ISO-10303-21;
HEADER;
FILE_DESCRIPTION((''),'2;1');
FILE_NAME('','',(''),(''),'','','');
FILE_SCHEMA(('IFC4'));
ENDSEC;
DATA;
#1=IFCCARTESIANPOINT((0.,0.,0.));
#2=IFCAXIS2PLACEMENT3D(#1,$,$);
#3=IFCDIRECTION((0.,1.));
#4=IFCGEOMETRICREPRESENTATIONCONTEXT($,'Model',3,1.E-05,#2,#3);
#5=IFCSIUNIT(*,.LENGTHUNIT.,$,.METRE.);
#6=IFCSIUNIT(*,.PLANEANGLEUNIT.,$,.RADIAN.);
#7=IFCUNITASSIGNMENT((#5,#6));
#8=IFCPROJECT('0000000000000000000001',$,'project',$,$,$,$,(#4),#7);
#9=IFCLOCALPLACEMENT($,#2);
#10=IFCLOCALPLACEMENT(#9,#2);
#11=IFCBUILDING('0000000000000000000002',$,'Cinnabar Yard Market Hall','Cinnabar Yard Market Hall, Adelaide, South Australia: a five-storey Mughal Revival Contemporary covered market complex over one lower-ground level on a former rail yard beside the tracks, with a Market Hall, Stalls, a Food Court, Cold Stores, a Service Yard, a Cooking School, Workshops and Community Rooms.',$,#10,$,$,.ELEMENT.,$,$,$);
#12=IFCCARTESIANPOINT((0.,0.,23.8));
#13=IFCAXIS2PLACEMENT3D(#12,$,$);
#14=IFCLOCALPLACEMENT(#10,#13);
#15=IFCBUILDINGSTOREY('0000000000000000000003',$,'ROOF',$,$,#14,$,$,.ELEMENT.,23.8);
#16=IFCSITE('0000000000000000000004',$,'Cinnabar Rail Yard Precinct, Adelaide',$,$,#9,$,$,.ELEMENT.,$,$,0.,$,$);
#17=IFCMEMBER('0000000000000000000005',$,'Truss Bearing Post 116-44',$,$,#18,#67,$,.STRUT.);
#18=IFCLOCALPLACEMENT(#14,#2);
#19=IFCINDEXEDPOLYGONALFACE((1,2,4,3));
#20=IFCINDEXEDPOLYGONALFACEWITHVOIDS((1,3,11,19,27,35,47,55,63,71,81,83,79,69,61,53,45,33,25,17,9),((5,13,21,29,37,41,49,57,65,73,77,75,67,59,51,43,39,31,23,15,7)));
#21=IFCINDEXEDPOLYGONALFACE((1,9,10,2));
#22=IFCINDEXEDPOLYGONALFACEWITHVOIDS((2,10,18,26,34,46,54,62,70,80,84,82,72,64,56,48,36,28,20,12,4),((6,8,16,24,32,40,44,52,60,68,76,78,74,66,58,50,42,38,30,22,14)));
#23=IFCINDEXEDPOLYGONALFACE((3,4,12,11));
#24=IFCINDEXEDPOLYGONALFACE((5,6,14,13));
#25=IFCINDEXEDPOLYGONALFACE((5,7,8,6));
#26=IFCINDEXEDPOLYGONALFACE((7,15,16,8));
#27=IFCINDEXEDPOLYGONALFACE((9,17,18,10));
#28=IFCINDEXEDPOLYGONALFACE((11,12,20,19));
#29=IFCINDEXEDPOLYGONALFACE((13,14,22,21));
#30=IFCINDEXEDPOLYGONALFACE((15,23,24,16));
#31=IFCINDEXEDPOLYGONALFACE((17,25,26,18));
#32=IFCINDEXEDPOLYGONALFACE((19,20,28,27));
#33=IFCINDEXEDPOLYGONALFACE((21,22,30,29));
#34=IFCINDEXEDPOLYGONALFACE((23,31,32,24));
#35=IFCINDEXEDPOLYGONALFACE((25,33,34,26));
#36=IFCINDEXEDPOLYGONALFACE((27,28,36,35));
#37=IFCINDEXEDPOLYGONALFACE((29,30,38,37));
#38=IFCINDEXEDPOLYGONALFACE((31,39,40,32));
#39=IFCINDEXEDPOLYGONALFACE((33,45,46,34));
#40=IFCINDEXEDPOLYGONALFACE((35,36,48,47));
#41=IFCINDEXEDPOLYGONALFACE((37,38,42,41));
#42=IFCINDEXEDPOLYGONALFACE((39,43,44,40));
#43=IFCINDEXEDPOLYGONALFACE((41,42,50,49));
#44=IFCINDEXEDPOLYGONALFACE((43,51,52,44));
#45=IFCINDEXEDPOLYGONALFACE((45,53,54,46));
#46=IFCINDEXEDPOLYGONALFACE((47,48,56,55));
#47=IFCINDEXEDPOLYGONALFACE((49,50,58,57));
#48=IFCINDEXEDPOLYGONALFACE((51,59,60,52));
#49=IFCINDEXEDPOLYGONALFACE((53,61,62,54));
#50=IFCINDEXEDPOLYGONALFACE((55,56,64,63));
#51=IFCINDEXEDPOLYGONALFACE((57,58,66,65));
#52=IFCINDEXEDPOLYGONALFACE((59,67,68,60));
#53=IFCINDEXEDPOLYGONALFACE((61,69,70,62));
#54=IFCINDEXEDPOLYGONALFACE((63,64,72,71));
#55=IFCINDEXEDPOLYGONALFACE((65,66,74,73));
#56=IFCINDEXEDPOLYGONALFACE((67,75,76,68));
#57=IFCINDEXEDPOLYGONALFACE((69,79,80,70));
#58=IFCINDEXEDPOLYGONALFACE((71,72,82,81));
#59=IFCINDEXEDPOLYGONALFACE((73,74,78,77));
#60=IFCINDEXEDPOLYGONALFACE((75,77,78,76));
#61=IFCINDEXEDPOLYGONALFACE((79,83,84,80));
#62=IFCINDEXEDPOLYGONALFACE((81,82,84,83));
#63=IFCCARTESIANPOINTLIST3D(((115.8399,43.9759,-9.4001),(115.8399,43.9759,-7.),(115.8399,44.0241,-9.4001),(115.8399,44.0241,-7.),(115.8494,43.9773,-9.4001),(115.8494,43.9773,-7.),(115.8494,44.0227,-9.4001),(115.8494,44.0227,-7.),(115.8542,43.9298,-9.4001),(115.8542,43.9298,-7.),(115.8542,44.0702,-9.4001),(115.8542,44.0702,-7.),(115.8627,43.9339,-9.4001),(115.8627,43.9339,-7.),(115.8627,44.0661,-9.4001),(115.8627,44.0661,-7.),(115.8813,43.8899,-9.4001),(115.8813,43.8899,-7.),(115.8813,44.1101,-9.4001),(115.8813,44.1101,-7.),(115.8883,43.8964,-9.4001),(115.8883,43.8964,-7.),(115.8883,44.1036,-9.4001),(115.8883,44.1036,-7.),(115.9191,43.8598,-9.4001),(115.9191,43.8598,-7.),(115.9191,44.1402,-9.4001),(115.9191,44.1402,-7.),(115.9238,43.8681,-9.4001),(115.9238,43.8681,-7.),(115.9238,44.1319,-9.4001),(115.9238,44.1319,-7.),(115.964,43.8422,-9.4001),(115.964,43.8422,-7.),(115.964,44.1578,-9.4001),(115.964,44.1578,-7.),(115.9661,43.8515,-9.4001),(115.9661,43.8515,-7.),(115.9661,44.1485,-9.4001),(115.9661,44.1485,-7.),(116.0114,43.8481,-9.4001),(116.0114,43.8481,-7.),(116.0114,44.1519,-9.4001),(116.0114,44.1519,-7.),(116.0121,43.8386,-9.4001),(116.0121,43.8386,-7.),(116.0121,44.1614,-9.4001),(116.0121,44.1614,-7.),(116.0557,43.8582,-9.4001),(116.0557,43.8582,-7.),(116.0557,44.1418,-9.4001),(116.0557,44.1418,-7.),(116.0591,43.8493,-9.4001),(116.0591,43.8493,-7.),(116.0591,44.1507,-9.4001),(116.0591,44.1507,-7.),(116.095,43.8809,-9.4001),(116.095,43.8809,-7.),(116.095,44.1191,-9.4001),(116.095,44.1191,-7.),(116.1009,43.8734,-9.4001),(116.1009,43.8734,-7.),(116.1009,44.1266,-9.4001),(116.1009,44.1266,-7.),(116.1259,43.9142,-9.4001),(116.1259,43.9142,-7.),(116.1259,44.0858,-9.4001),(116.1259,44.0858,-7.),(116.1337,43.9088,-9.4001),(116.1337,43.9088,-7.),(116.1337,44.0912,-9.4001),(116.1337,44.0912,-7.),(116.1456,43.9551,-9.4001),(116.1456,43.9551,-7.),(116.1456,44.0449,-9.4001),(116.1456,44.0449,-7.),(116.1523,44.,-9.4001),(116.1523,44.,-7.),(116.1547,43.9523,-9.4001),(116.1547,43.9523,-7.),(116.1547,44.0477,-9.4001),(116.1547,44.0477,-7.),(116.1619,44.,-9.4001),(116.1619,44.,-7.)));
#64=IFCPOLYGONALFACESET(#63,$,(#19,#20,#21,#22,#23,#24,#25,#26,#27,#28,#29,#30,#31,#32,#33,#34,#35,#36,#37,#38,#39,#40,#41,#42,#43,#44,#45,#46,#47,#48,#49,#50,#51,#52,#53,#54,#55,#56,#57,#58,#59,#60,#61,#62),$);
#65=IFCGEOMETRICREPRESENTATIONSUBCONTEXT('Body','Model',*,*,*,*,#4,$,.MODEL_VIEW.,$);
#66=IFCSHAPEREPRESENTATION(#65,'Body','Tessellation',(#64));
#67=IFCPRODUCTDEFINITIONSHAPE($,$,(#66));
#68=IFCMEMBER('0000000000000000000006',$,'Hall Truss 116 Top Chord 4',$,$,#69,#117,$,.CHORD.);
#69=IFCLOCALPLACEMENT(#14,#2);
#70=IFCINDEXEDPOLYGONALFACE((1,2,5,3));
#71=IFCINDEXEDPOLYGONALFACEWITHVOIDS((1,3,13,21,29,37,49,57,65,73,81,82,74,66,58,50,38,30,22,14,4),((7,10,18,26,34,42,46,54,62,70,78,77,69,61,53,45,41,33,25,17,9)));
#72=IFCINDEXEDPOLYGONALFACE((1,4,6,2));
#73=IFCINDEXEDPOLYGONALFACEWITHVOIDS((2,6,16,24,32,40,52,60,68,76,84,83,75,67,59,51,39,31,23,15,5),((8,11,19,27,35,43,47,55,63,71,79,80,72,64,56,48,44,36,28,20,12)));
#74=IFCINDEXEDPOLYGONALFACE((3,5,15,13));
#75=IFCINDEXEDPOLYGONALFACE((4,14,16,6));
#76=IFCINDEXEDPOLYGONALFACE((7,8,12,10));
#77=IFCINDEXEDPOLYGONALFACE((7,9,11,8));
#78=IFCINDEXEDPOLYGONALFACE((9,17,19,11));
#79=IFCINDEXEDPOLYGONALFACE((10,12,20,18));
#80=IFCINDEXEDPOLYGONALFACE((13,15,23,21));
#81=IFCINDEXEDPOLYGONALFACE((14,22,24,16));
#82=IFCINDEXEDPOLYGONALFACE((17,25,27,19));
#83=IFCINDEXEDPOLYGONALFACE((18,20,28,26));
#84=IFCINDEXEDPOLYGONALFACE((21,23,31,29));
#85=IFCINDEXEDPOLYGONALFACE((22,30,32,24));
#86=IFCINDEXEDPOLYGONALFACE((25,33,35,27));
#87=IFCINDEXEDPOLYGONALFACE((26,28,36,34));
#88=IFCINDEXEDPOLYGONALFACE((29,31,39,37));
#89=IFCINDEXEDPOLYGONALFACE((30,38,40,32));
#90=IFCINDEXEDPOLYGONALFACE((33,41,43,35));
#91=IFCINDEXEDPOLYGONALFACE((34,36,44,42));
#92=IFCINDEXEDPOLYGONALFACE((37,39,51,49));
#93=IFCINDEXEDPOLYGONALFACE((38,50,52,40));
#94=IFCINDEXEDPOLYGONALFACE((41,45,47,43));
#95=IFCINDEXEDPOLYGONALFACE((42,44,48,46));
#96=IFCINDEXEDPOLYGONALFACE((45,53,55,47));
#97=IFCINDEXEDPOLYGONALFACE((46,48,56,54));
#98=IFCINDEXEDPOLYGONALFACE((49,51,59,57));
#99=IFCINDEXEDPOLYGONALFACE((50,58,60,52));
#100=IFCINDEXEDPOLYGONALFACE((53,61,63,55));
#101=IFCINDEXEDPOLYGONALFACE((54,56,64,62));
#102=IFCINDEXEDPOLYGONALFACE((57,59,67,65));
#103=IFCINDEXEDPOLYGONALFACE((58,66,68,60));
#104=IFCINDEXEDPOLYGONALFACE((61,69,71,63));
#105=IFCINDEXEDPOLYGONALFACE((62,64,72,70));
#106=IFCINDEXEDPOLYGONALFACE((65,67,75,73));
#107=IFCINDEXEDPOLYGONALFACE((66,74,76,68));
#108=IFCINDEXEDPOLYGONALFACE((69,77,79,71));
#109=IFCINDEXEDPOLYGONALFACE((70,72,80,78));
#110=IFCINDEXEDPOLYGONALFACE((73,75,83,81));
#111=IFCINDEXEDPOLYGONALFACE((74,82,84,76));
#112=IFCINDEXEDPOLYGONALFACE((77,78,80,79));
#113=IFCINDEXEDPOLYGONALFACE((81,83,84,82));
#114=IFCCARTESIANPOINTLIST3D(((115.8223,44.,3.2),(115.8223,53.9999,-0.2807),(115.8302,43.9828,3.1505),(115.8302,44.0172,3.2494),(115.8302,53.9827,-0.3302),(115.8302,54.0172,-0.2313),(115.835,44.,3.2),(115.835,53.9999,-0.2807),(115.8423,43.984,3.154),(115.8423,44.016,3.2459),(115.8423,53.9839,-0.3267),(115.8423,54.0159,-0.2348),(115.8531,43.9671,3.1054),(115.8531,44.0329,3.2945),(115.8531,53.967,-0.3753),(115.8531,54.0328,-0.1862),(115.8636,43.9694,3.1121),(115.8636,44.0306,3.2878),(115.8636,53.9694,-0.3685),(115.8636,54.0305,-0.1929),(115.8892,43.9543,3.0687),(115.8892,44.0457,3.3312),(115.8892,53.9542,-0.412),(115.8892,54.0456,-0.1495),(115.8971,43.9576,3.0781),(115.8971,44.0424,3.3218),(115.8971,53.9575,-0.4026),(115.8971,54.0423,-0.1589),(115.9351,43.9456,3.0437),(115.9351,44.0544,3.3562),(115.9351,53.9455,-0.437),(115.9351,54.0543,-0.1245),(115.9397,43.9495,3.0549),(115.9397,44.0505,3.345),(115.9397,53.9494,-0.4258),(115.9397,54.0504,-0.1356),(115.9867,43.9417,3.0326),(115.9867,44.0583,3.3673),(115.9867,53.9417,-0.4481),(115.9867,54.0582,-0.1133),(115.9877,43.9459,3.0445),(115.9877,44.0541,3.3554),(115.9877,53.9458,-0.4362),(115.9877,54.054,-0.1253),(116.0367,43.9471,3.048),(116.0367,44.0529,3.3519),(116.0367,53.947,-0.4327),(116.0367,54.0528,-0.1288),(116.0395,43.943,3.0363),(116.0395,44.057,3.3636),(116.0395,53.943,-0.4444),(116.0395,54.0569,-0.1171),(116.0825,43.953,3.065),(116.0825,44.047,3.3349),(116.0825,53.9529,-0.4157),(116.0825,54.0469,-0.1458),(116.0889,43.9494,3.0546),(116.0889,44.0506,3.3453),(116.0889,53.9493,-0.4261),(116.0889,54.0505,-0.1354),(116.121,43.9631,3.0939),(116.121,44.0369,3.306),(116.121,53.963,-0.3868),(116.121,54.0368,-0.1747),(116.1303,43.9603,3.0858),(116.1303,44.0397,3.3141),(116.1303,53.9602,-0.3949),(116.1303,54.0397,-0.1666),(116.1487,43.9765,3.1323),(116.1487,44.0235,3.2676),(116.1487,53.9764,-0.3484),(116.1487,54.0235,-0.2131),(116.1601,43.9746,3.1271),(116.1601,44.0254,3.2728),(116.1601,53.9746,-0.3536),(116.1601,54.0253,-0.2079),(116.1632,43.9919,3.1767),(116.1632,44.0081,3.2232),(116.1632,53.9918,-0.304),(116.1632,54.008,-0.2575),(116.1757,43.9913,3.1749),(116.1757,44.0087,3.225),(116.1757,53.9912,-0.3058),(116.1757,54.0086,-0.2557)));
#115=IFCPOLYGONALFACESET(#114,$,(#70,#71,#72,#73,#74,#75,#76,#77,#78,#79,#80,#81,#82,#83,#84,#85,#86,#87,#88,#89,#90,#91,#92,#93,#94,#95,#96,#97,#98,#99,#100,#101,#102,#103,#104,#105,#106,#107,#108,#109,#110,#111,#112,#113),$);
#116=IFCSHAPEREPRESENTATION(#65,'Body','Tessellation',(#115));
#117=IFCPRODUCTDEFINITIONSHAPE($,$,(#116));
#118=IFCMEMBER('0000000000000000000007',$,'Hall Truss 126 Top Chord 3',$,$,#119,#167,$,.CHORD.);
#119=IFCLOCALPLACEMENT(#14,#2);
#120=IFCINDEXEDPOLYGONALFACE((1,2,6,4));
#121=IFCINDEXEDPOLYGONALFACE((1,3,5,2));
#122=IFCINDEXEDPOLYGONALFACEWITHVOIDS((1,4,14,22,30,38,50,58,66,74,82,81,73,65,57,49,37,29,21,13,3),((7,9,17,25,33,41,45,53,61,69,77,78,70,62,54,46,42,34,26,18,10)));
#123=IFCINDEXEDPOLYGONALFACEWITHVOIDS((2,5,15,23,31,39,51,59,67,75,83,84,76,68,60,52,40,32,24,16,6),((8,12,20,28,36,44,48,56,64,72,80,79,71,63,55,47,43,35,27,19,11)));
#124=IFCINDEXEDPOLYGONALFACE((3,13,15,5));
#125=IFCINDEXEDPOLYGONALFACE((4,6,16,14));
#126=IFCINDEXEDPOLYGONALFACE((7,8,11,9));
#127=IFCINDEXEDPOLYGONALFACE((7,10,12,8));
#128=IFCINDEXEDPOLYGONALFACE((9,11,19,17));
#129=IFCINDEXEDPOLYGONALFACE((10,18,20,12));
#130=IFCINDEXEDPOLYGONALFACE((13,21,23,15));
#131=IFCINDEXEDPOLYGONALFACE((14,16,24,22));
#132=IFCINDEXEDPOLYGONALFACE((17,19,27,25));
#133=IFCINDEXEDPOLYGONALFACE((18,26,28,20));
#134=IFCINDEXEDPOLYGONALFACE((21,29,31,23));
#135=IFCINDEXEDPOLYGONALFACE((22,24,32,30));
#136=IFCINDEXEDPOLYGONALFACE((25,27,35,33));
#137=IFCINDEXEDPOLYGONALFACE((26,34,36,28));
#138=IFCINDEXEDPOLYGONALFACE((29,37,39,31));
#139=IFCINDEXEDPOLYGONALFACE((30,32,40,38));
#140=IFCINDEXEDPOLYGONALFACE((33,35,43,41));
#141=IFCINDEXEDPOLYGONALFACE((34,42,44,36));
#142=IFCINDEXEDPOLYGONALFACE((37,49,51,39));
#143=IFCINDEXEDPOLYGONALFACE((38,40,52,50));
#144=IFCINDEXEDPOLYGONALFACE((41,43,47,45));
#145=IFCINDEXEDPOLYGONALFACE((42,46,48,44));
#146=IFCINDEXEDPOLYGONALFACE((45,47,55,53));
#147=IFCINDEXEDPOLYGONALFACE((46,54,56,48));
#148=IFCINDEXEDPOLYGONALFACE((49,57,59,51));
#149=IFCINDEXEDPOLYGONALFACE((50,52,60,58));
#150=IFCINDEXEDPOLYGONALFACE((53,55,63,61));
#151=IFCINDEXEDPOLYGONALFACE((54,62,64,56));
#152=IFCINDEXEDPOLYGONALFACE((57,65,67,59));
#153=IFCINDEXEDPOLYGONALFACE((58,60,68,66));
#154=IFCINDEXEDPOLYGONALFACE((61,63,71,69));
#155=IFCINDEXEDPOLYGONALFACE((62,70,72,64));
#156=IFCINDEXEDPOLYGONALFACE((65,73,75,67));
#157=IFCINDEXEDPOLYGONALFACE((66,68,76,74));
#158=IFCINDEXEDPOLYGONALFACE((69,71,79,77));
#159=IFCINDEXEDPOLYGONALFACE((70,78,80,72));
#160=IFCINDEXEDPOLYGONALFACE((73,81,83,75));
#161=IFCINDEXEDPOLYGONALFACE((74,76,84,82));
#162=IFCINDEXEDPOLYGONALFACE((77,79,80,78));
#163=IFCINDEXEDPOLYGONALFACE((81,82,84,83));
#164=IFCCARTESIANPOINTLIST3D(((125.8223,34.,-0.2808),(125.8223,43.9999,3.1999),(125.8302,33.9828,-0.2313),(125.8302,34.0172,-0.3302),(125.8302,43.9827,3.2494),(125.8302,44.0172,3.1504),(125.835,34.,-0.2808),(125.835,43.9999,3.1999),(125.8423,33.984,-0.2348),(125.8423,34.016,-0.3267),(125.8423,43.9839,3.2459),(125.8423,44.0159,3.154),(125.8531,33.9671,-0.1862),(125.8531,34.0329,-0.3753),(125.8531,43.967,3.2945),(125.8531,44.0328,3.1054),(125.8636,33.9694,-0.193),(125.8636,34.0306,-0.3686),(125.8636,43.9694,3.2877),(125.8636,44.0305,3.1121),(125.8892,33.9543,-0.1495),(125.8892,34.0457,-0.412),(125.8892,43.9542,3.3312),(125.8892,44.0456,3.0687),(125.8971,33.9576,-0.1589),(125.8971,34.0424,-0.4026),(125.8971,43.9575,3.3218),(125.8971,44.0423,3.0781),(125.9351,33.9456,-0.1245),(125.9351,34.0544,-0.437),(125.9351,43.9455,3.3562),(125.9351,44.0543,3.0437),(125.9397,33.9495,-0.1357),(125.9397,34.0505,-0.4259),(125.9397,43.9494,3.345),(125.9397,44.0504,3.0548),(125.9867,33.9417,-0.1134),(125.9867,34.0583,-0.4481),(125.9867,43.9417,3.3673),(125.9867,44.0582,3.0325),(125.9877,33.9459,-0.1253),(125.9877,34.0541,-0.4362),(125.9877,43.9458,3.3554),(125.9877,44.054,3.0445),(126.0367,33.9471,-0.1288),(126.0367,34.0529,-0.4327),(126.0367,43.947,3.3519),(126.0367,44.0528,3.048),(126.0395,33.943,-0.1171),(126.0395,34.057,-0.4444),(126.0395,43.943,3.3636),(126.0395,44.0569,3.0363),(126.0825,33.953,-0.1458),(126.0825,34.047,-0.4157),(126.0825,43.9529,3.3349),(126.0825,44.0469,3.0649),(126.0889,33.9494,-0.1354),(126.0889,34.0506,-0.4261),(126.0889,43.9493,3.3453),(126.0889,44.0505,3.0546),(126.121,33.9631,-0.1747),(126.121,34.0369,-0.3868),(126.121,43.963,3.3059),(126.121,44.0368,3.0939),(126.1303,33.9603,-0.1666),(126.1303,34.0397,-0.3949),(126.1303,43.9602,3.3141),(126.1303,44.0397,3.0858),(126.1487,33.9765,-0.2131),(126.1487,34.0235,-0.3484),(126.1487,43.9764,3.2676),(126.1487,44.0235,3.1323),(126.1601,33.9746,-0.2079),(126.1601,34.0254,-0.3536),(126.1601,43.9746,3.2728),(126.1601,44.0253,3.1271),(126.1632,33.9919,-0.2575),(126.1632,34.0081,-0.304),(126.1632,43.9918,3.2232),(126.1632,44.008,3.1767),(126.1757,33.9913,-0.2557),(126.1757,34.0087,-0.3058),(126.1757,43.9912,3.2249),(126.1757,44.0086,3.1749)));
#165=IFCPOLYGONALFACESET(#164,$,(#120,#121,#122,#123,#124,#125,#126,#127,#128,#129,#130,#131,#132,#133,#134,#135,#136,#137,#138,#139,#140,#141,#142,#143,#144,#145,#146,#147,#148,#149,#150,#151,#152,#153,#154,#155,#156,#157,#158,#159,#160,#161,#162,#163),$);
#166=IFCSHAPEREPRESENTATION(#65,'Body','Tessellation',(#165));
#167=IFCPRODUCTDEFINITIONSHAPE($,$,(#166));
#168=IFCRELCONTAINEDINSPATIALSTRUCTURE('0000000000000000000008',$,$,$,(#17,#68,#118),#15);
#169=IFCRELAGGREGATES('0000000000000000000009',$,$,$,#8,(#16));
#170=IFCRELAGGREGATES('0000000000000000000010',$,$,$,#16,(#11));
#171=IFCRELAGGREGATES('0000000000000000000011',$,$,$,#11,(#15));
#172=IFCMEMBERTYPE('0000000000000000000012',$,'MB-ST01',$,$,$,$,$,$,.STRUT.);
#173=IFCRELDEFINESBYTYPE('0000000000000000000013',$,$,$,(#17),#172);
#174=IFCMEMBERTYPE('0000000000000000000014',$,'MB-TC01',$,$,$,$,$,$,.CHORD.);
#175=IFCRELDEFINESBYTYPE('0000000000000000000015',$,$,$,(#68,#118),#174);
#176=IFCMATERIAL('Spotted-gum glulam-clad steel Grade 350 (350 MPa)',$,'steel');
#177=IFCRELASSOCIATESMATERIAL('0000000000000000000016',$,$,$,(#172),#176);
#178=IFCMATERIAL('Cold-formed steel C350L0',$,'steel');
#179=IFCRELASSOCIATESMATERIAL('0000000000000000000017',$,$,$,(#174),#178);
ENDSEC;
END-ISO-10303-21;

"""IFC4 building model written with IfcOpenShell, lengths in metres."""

from ifc_helpers import new_model, si_unit, direction, frame, origin, origin_2d_with_axis, place, context, subcontext, project, spatial, hollow_circle, extrude, material, material_profile, profile_set, type_object, element, save


model = new_model("IFC4")

# Units and contexts
model_context = context("Model", 3, precision=1e-05, world=origin(), true_north=direction((0.0, 1.0)))
body_context = subcontext(model_context, "Body", "Model", "MODEL_VIEW")
ifc_project = project(units=[si_unit("LENGTHUNIT", "METRE"), si_unit("PLANEANGLEUNIT", "RADIAN")], contexts=[model_context])

# Site, building, storey
site_placement = place(None, origin())
site = spatial("IfcSite", under=ifc_project, at=site_placement, Name="Cinnabar Rail Yard Precinct, Adelaide", CompositionType="ELEMENT", RefElevation=0.0)
building_placement = place(site_placement, origin())
building = spatial("IfcBuilding", under=site, at=building_placement, Name="Cinnabar Yard Market Hall", Description="Cinnabar Yard Market Hall, Adelaide, South Australia: a five-storey Mughal Revival Contemporary covered market complex over one lower-ground level on a former rail yard beside the tracks, with a Market Hall, Stalls, a Food Court, Cold Stores, a Service Yard, a Cooking School, Workshops and Community Rooms.", CompositionType="ELEMENT")
storey_placement = place(building_placement, frame((0.0, 0.0, 23.8)))
storey = spatial("IfcBuildingStorey", under=building, at=storey_placement, Name="ROOF", CompositionType="ELEMENT", Elevation=23.8)

# Members
ifc_material_1 = material(Name="Cold-formed steel C350L0", Category="steel")
ifc_material_2 = material(Name="Spotted-gum glulam-clad steel Grade 350 (350 MPa)", Category="steel")
ifc_material_profile_1 = material_profile(ifc_material_2, hollow_circle(Radius=0.1619, WallThickness=0.0095, at=origin_2d_with_axis()), Name="323.9x9.5CHS")
ifc_profile_set_1 = profile_set([ifc_material_profile_1], Name="Spotted-gum glulam-clad steel Grade 350 (350 MPa)")
member_type_1 = type_object("IfcMemberType", Name="MB-ST01", PredefinedType="STRUT", material=ifc_profile_set_1)
member_1_placement = place(storey_placement, frame((116.0, 44.0, -9.4001), z_axis=(0.0, 0.0, 1.0), x_axis=(1.0, 0.0, 0.0)))
element("IfcMember", 1, at=member_1_placement, inside=storey, type_object=member_type_1, Name="Truss Bearing Post 116-44", PredefinedType="STRUT", context=body_context, shape_type="SweptSolid", body=[
    extrude(hollow_circle(Radius=0.1619, WallThickness=0.0095, at=origin_2d_with_axis()), origin(), (0.0, 0.0, 1.0), 2.4001),
])
ifc_material_profile_2 = material_profile(ifc_material_1, hollow_circle(Radius=0.1777, WallThickness=0.0127, at=origin_2d_with_axis()), Name="355.6x12.7CHS")
ifc_profile_set_2 = profile_set([ifc_material_profile_2], Name="Cold-formed steel C350L0")
member_type_2 = type_object("IfcMemberType", Name="MB-TC01", PredefinedType="CHORD", material=ifc_profile_set_2)
for number, where, z_axis, x_axis, name in (
    (2, (116.0, 44.0, 3.2), (0.0, 0.944425, -0.328727), (-1.0, 0.0, 0.0), "Hall Truss 116 Top Chord 4"),
    (3, (126.0, 34.0, -0.2808), (0.0, 0.944425, 0.328727), (-1.0, 0.0, 0.0), "Hall Truss 126 Top Chord 3"),
):
    element("IfcMember", number, at=place(storey_placement, frame(where, z_axis=z_axis, x_axis=x_axis)), inside=storey, type_object=member_type_2, Name=name, PredefinedType="CHORD", context=body_context, shape_type="SweptSolid", body=[
        extrude(hollow_circle(Radius=0.1777, WallThickness=0.0127, at=origin_2d_with_axis()), origin(), (0.0, 0.0, 1.0), 10.5884),
    ])

save(model, "model.ifc")
